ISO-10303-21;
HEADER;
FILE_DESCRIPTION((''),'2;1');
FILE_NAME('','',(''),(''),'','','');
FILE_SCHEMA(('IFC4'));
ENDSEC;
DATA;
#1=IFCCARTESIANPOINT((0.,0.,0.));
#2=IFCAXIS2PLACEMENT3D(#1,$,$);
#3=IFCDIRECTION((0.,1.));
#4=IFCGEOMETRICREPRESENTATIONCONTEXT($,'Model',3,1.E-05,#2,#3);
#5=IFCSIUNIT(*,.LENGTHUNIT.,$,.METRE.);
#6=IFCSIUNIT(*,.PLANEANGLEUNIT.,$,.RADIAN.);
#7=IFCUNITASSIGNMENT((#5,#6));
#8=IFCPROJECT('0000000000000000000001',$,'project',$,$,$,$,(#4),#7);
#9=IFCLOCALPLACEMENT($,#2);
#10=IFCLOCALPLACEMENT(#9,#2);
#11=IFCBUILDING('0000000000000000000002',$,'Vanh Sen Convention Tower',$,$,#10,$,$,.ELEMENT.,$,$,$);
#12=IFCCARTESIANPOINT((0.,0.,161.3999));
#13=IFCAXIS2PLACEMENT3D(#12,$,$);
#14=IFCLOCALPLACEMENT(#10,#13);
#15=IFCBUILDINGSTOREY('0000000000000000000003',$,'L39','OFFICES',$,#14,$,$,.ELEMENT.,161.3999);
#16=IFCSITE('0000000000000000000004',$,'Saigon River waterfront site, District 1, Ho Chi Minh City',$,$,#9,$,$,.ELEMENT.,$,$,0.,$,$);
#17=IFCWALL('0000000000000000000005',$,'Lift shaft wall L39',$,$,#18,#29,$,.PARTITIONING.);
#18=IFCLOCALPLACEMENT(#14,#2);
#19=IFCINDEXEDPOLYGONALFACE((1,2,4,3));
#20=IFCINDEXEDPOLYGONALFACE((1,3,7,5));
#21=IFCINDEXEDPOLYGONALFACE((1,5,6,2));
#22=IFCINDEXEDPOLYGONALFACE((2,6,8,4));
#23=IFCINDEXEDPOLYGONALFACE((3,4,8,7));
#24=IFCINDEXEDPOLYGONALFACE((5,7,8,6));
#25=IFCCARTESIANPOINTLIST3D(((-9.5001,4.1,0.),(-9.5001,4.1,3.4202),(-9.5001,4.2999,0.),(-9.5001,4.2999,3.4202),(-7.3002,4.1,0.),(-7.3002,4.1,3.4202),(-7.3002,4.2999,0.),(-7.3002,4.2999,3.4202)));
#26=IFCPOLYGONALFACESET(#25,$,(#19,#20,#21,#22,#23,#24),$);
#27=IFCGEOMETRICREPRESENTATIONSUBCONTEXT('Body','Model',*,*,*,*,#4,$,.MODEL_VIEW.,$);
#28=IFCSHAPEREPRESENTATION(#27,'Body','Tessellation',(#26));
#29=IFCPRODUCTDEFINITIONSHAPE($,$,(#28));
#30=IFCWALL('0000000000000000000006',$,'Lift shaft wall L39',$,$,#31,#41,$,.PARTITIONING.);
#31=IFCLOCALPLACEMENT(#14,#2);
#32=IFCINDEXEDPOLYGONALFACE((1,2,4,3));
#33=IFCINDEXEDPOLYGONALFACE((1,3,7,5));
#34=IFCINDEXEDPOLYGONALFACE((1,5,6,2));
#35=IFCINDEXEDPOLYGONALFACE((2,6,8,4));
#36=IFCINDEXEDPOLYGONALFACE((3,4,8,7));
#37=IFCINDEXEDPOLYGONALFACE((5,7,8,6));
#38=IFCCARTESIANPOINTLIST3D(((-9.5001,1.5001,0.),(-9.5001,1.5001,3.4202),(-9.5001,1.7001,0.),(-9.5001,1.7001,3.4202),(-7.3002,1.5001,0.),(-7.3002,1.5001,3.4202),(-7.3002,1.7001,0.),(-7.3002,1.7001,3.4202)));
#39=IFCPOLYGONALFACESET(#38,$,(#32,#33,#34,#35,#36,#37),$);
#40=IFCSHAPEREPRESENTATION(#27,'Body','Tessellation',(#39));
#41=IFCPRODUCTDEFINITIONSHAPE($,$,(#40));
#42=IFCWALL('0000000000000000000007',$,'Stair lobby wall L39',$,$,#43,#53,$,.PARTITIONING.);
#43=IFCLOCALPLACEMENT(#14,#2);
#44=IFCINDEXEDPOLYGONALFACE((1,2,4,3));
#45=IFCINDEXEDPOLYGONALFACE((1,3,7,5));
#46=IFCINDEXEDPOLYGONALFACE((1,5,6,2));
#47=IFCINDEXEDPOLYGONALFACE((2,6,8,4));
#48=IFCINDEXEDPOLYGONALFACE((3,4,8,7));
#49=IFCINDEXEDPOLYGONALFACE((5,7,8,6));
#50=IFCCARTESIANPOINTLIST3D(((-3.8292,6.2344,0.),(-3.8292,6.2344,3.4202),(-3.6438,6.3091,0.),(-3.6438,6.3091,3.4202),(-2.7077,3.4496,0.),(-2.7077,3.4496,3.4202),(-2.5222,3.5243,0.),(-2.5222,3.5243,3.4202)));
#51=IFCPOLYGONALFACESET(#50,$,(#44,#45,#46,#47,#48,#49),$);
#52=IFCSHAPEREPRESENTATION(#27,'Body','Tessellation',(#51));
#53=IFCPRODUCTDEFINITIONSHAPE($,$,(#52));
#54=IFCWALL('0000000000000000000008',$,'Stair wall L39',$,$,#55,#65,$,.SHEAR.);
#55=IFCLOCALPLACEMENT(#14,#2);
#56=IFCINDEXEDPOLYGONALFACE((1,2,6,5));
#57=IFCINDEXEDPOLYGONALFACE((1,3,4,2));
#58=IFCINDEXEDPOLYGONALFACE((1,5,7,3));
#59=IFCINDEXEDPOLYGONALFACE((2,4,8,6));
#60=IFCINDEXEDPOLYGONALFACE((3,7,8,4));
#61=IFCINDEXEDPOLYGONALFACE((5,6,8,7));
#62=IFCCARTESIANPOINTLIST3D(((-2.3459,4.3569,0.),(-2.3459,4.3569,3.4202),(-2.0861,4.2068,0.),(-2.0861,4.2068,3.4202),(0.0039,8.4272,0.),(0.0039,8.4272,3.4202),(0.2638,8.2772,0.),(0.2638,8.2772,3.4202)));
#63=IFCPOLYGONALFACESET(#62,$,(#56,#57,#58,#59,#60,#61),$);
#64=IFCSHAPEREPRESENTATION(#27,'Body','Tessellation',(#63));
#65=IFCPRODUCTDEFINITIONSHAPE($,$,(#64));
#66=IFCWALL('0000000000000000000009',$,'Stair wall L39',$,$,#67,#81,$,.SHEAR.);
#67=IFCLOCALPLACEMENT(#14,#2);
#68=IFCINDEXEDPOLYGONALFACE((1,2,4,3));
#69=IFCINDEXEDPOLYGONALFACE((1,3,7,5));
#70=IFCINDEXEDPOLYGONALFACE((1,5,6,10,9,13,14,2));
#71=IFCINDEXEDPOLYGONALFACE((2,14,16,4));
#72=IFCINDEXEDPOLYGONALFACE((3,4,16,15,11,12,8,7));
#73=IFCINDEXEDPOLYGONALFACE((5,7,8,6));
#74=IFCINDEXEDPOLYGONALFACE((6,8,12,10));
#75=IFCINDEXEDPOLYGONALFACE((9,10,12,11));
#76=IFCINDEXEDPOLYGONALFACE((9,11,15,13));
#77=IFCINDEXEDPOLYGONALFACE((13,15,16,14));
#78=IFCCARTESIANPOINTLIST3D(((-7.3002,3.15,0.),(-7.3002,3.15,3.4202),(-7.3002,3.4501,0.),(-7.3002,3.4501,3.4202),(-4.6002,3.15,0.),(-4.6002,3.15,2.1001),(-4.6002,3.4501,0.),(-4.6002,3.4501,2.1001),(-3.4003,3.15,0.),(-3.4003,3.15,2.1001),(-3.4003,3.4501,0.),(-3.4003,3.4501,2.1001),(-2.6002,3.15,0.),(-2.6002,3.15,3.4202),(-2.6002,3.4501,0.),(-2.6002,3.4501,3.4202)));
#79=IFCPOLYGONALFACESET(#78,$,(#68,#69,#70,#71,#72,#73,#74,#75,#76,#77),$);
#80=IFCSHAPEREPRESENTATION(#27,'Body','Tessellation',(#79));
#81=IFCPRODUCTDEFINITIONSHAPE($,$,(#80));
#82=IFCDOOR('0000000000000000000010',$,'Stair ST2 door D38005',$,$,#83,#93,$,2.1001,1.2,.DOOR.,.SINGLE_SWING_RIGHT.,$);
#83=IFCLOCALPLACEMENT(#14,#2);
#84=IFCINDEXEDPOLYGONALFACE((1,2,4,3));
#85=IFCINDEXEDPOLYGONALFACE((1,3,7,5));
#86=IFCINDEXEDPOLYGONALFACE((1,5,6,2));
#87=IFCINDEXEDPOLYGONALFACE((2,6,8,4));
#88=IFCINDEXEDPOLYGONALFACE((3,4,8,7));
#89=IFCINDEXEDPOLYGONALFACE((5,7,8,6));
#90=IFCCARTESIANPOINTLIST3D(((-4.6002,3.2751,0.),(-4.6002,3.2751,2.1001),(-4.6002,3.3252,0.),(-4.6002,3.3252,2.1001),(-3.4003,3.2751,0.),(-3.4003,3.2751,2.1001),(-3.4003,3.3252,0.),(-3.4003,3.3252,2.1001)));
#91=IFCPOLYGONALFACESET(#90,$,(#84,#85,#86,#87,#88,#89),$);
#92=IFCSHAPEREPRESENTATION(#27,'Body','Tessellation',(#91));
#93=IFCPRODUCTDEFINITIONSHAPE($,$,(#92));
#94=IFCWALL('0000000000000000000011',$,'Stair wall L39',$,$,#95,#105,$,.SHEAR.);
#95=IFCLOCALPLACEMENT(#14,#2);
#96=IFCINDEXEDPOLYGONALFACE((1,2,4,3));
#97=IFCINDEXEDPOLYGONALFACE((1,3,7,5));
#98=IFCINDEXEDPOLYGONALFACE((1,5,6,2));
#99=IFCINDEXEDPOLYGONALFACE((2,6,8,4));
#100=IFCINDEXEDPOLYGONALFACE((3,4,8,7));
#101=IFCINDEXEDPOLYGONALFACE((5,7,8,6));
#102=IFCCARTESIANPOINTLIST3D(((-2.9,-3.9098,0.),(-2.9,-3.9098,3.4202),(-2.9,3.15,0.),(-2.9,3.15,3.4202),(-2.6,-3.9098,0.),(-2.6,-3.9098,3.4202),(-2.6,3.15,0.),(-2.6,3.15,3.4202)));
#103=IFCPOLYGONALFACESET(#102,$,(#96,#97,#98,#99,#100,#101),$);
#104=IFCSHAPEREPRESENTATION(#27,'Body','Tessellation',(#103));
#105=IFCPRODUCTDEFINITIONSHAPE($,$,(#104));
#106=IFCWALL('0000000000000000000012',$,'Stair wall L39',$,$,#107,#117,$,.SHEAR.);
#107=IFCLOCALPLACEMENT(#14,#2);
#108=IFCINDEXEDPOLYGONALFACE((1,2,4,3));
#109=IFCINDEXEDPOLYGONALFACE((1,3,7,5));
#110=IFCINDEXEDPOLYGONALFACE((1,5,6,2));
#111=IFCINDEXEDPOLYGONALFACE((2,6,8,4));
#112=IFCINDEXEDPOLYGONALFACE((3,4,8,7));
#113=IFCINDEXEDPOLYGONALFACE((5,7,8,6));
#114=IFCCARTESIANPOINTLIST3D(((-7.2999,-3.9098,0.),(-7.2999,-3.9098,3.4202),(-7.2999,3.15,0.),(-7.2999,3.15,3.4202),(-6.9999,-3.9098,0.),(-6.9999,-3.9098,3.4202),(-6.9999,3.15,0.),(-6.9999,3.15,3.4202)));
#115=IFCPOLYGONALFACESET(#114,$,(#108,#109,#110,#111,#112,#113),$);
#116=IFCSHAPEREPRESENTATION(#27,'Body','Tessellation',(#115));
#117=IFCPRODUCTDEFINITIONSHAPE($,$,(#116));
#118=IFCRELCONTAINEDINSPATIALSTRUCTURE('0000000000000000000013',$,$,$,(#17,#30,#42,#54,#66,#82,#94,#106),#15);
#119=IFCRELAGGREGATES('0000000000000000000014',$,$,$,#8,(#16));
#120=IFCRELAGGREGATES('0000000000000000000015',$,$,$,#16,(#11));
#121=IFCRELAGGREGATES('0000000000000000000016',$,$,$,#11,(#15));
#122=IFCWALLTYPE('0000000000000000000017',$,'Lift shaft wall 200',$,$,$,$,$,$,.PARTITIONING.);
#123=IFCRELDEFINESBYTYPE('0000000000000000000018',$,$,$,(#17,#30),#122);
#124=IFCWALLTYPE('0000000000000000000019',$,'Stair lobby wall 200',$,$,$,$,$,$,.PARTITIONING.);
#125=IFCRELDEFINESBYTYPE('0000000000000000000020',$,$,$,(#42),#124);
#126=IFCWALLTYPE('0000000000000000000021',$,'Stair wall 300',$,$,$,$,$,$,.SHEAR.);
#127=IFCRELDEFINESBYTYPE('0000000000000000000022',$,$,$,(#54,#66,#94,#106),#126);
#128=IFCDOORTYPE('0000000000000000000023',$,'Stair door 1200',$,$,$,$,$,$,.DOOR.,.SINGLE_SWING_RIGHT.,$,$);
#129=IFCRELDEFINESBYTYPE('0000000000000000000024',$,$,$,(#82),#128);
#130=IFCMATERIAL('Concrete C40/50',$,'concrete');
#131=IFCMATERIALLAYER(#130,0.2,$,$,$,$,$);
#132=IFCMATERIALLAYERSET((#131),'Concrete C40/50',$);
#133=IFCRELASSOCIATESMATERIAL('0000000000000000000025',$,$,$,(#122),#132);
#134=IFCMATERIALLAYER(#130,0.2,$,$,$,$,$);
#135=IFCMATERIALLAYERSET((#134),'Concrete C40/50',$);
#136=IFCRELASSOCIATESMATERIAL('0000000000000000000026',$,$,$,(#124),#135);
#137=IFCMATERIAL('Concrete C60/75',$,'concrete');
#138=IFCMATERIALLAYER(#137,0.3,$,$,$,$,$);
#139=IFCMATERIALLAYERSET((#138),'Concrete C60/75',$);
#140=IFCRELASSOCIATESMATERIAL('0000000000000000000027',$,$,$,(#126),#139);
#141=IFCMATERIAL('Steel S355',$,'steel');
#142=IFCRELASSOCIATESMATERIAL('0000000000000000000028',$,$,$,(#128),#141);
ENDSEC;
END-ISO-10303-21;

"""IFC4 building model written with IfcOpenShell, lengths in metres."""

from ifc_helpers import new_model, si_unit, direction, frame, frame_2d, origin, place, context, subcontext, project, spatial, rectangle, extrude, material, layer, layer_set, type_object, element, fill, save


model = new_model("IFC4")

# Units and contexts
model_context = context("Model", 3, precision=1e-05, world=origin(), true_north=direction((0.0, 1.0)))
body_context = subcontext(model_context, "Body", "Model", "MODEL_VIEW")
ifc_project = project(units=[si_unit("LENGTHUNIT", "METRE"), si_unit("PLANEANGLEUNIT", "RADIAN")], contexts=[model_context])

# Site, building, storey
site_placement = place(None, origin())
site = spatial("IfcSite", under=ifc_project, at=site_placement, Name="Saigon River waterfront site, District 1, Ho Chi Minh City", CompositionType="ELEMENT", RefElevation=0.0)
building_placement = place(site_placement, origin())
building = spatial("IfcBuilding", under=site, at=building_placement, Name="Vanh Sen Convention Tower", CompositionType="ELEMENT")
storey_placement = place(building_placement, frame((0.0, 0.0, 161.3999)))
storey = spatial("IfcBuildingStorey", under=building, at=storey_placement, Name="L39", Description="OFFICES", CompositionType="ELEMENT", Elevation=161.3999)

# Shared definitions
ifc_material_1 = material(Name="Concrete C60/75", Category="concrete")

# Walls
ifc_material_2 = material(Name="Concrete C40/50", Category="concrete")
ifc_layer_1 = layer(ifc_material_2, 0.2)
ifc_layer_set_1 = layer_set([ifc_layer_1], Name="Concrete C40/50")
wall_type_1 = type_object("IfcWallType", Name="Lift shaft wall 200", PredefinedType="PARTITIONING", material=ifc_layer_set_1)
for number, where, z_axis, x_axis, name in (
    (1, (-7.3, 4.2, 0.0), (0.0, 0.0, 1.0), (-1.0, 0.0, 0.0), "Lift shaft wall L39"),
    (2, (-7.3, 1.6001, 0.0), (0.0, 0.0, 1.0), (-1.0, 0.0, 0.0), "Lift shaft wall L39"),
):
    element("IfcWall", number, at=place(storey_placement, frame(where, z_axis=z_axis, x_axis=x_axis)), inside=storey, type_object=wall_type_1, Name=name, PredefinedType="PARTITIONING", context=body_context, shape_type="SweptSolid", body=[
        extrude(rectangle(XDim=2.2, YDim=0.2, at=frame_2d((1.1001, 0.0))), origin(), (0.0, 0.0, 1.0), 3.4202),
    ])
ifc_layer_2 = layer(ifc_material_2, 0.2)
ifc_layer_set_2 = layer_set([ifc_layer_2], Name="Concrete C40/50")
wall_type_2 = type_object("IfcWallType", Name="Stair lobby wall 200", PredefinedType="PARTITIONING", material=ifc_layer_set_2)
wall_1_placement = place(storey_placement, frame((-2.615, 3.4871, 0.0), z_axis=(0.0, 0.0, 1.0), x_axis=(-0.373577, 0.927599, 0.0)))
element("IfcWall", 3, at=wall_1_placement, inside=storey, type_object=wall_type_2, Name="Stair lobby wall L39", PredefinedType="PARTITIONING", context=body_context, shape_type="SweptSolid", body=[
    extrude(rectangle(XDim=3.0022, YDim=0.2, at=frame_2d((1.501, 0.0))), origin(), (0.0, 0.0, 1.0), 3.4202),
])
ifc_layer_3 = layer(ifc_material_1, 0.3)
ifc_layer_set_3 = layer_set([ifc_layer_3], Name="Concrete C60/75")
wall_type_3 = type_object("IfcWallType", Name="Stair wall 300", PredefinedType="SHEAR", material=ifc_layer_set_3)
wall_2_placement = place(storey_placement, frame((-2.2161, 4.2817, 0.0), z_axis=(0.0, 0.0, 1.0), x_axis=(0.499977, 0.866039, 0.0)))
element("IfcWall", 4, at=wall_2_placement, inside=storey, type_object=wall_type_3, Name="Stair wall L39", PredefinedType="SHEAR", context=body_context, shape_type="SweptSolid", body=[
    extrude(rectangle(XDim=4.7, YDim=0.3, at=frame_2d((2.3501, 0.0))), origin(), (0.0, 0.0, 1.0), 3.4202),
])

# Wall, opening, door
wall_3_placement = place(storey_placement, frame((-2.6001, 3.3, 0.0), z_axis=(0.0, 0.0, 1.0), x_axis=(-1.0, 0.0, 0.0)))
wall_3 = element("IfcWall", 5, at=wall_3_placement, inside=storey, type_object=wall_type_3, Name="Stair wall L39", PredefinedType="SHEAR", context=body_context, shape_type="SweptSolid", body=[
    extrude(rectangle(XDim=4.7, YDim=0.3, at=frame_2d((2.3501, 0.0))), origin(), (0.0, 0.0, 1.0), 3.4202),
])
opening_1_placement = place(wall_3_placement, frame((0.8, 0.0, 0.0)))
opening_1 = element("IfcOpeningElement", 6, at=opening_1_placement, cuts=wall_3, PredefinedType="OPENING", context=body_context, shape_type="SweptSolid", body=[
    extrude(rectangle(XDim=1.2, YDim=2.1001, at=frame_2d((0.6001, 1.05))), frame((0.0, 0.1599, 0.0), z_axis=(0.0, -1.0, 0.0), x_axis=(1.0, 0.0, 0.0)), (0.0, 0.0, 1.0), 0.3201),
])
ifc_material_3 = material(Name="Steel S355", Category="steel")
door_type_1 = type_object("IfcDoorType", Name="Stair door 1200", OperationType="SINGLE_SWING_RIGHT", PredefinedType="DOOR", material=ifc_material_3)
door_1_placement = place(opening_1_placement, origin())
door_1 = element("IfcDoor", 7, at=door_1_placement, inside=storey, type_object=door_type_1, Name="Stair ST2 door D38005", OperationType="SINGLE_SWING_RIGHT", OverallHeight=2.1001, OverallWidth=1.2, PredefinedType="DOOR", context=body_context, shape_type="SweptSolid", body=[
    extrude(rectangle(XDim=1.2, YDim=2.1001, at=frame_2d((0.6001, 1.05))), frame((0.0, 0.0249, 0.0), z_axis=(0.0, -1.0, 0.0), x_axis=(1.0, 0.0, 0.0)), (0.0, 0.0, 1.0), 0.05),
])
fill(opening_1, door_1)

# Walls
for number, where, z_axis, x_axis, name in (
    (8, (-2.75, 3.1499, 0.0), (0.0, 0.0, 1.0), (0.0, -1.0, 0.0), "Stair wall L39"),
    (9, (-7.1499, 3.1499, 0.0), (0.0, 0.0, 1.0), (0.0, -1.0, 0.0), "Stair wall L39"),
):
    element("IfcWall", number, at=place(storey_placement, frame(where, z_axis=z_axis, x_axis=x_axis)), inside=storey, type_object=wall_type_3, Name=name, PredefinedType="SHEAR", context=body_context, shape_type="SweptSolid", body=[
        extrude(rectangle(XDim=7.0598, YDim=0.3, at=frame_2d((3.5298, 0.0))), origin(), (0.0, 0.0, 1.0), 3.4202),
    ])

save(model, "model.ifc")
